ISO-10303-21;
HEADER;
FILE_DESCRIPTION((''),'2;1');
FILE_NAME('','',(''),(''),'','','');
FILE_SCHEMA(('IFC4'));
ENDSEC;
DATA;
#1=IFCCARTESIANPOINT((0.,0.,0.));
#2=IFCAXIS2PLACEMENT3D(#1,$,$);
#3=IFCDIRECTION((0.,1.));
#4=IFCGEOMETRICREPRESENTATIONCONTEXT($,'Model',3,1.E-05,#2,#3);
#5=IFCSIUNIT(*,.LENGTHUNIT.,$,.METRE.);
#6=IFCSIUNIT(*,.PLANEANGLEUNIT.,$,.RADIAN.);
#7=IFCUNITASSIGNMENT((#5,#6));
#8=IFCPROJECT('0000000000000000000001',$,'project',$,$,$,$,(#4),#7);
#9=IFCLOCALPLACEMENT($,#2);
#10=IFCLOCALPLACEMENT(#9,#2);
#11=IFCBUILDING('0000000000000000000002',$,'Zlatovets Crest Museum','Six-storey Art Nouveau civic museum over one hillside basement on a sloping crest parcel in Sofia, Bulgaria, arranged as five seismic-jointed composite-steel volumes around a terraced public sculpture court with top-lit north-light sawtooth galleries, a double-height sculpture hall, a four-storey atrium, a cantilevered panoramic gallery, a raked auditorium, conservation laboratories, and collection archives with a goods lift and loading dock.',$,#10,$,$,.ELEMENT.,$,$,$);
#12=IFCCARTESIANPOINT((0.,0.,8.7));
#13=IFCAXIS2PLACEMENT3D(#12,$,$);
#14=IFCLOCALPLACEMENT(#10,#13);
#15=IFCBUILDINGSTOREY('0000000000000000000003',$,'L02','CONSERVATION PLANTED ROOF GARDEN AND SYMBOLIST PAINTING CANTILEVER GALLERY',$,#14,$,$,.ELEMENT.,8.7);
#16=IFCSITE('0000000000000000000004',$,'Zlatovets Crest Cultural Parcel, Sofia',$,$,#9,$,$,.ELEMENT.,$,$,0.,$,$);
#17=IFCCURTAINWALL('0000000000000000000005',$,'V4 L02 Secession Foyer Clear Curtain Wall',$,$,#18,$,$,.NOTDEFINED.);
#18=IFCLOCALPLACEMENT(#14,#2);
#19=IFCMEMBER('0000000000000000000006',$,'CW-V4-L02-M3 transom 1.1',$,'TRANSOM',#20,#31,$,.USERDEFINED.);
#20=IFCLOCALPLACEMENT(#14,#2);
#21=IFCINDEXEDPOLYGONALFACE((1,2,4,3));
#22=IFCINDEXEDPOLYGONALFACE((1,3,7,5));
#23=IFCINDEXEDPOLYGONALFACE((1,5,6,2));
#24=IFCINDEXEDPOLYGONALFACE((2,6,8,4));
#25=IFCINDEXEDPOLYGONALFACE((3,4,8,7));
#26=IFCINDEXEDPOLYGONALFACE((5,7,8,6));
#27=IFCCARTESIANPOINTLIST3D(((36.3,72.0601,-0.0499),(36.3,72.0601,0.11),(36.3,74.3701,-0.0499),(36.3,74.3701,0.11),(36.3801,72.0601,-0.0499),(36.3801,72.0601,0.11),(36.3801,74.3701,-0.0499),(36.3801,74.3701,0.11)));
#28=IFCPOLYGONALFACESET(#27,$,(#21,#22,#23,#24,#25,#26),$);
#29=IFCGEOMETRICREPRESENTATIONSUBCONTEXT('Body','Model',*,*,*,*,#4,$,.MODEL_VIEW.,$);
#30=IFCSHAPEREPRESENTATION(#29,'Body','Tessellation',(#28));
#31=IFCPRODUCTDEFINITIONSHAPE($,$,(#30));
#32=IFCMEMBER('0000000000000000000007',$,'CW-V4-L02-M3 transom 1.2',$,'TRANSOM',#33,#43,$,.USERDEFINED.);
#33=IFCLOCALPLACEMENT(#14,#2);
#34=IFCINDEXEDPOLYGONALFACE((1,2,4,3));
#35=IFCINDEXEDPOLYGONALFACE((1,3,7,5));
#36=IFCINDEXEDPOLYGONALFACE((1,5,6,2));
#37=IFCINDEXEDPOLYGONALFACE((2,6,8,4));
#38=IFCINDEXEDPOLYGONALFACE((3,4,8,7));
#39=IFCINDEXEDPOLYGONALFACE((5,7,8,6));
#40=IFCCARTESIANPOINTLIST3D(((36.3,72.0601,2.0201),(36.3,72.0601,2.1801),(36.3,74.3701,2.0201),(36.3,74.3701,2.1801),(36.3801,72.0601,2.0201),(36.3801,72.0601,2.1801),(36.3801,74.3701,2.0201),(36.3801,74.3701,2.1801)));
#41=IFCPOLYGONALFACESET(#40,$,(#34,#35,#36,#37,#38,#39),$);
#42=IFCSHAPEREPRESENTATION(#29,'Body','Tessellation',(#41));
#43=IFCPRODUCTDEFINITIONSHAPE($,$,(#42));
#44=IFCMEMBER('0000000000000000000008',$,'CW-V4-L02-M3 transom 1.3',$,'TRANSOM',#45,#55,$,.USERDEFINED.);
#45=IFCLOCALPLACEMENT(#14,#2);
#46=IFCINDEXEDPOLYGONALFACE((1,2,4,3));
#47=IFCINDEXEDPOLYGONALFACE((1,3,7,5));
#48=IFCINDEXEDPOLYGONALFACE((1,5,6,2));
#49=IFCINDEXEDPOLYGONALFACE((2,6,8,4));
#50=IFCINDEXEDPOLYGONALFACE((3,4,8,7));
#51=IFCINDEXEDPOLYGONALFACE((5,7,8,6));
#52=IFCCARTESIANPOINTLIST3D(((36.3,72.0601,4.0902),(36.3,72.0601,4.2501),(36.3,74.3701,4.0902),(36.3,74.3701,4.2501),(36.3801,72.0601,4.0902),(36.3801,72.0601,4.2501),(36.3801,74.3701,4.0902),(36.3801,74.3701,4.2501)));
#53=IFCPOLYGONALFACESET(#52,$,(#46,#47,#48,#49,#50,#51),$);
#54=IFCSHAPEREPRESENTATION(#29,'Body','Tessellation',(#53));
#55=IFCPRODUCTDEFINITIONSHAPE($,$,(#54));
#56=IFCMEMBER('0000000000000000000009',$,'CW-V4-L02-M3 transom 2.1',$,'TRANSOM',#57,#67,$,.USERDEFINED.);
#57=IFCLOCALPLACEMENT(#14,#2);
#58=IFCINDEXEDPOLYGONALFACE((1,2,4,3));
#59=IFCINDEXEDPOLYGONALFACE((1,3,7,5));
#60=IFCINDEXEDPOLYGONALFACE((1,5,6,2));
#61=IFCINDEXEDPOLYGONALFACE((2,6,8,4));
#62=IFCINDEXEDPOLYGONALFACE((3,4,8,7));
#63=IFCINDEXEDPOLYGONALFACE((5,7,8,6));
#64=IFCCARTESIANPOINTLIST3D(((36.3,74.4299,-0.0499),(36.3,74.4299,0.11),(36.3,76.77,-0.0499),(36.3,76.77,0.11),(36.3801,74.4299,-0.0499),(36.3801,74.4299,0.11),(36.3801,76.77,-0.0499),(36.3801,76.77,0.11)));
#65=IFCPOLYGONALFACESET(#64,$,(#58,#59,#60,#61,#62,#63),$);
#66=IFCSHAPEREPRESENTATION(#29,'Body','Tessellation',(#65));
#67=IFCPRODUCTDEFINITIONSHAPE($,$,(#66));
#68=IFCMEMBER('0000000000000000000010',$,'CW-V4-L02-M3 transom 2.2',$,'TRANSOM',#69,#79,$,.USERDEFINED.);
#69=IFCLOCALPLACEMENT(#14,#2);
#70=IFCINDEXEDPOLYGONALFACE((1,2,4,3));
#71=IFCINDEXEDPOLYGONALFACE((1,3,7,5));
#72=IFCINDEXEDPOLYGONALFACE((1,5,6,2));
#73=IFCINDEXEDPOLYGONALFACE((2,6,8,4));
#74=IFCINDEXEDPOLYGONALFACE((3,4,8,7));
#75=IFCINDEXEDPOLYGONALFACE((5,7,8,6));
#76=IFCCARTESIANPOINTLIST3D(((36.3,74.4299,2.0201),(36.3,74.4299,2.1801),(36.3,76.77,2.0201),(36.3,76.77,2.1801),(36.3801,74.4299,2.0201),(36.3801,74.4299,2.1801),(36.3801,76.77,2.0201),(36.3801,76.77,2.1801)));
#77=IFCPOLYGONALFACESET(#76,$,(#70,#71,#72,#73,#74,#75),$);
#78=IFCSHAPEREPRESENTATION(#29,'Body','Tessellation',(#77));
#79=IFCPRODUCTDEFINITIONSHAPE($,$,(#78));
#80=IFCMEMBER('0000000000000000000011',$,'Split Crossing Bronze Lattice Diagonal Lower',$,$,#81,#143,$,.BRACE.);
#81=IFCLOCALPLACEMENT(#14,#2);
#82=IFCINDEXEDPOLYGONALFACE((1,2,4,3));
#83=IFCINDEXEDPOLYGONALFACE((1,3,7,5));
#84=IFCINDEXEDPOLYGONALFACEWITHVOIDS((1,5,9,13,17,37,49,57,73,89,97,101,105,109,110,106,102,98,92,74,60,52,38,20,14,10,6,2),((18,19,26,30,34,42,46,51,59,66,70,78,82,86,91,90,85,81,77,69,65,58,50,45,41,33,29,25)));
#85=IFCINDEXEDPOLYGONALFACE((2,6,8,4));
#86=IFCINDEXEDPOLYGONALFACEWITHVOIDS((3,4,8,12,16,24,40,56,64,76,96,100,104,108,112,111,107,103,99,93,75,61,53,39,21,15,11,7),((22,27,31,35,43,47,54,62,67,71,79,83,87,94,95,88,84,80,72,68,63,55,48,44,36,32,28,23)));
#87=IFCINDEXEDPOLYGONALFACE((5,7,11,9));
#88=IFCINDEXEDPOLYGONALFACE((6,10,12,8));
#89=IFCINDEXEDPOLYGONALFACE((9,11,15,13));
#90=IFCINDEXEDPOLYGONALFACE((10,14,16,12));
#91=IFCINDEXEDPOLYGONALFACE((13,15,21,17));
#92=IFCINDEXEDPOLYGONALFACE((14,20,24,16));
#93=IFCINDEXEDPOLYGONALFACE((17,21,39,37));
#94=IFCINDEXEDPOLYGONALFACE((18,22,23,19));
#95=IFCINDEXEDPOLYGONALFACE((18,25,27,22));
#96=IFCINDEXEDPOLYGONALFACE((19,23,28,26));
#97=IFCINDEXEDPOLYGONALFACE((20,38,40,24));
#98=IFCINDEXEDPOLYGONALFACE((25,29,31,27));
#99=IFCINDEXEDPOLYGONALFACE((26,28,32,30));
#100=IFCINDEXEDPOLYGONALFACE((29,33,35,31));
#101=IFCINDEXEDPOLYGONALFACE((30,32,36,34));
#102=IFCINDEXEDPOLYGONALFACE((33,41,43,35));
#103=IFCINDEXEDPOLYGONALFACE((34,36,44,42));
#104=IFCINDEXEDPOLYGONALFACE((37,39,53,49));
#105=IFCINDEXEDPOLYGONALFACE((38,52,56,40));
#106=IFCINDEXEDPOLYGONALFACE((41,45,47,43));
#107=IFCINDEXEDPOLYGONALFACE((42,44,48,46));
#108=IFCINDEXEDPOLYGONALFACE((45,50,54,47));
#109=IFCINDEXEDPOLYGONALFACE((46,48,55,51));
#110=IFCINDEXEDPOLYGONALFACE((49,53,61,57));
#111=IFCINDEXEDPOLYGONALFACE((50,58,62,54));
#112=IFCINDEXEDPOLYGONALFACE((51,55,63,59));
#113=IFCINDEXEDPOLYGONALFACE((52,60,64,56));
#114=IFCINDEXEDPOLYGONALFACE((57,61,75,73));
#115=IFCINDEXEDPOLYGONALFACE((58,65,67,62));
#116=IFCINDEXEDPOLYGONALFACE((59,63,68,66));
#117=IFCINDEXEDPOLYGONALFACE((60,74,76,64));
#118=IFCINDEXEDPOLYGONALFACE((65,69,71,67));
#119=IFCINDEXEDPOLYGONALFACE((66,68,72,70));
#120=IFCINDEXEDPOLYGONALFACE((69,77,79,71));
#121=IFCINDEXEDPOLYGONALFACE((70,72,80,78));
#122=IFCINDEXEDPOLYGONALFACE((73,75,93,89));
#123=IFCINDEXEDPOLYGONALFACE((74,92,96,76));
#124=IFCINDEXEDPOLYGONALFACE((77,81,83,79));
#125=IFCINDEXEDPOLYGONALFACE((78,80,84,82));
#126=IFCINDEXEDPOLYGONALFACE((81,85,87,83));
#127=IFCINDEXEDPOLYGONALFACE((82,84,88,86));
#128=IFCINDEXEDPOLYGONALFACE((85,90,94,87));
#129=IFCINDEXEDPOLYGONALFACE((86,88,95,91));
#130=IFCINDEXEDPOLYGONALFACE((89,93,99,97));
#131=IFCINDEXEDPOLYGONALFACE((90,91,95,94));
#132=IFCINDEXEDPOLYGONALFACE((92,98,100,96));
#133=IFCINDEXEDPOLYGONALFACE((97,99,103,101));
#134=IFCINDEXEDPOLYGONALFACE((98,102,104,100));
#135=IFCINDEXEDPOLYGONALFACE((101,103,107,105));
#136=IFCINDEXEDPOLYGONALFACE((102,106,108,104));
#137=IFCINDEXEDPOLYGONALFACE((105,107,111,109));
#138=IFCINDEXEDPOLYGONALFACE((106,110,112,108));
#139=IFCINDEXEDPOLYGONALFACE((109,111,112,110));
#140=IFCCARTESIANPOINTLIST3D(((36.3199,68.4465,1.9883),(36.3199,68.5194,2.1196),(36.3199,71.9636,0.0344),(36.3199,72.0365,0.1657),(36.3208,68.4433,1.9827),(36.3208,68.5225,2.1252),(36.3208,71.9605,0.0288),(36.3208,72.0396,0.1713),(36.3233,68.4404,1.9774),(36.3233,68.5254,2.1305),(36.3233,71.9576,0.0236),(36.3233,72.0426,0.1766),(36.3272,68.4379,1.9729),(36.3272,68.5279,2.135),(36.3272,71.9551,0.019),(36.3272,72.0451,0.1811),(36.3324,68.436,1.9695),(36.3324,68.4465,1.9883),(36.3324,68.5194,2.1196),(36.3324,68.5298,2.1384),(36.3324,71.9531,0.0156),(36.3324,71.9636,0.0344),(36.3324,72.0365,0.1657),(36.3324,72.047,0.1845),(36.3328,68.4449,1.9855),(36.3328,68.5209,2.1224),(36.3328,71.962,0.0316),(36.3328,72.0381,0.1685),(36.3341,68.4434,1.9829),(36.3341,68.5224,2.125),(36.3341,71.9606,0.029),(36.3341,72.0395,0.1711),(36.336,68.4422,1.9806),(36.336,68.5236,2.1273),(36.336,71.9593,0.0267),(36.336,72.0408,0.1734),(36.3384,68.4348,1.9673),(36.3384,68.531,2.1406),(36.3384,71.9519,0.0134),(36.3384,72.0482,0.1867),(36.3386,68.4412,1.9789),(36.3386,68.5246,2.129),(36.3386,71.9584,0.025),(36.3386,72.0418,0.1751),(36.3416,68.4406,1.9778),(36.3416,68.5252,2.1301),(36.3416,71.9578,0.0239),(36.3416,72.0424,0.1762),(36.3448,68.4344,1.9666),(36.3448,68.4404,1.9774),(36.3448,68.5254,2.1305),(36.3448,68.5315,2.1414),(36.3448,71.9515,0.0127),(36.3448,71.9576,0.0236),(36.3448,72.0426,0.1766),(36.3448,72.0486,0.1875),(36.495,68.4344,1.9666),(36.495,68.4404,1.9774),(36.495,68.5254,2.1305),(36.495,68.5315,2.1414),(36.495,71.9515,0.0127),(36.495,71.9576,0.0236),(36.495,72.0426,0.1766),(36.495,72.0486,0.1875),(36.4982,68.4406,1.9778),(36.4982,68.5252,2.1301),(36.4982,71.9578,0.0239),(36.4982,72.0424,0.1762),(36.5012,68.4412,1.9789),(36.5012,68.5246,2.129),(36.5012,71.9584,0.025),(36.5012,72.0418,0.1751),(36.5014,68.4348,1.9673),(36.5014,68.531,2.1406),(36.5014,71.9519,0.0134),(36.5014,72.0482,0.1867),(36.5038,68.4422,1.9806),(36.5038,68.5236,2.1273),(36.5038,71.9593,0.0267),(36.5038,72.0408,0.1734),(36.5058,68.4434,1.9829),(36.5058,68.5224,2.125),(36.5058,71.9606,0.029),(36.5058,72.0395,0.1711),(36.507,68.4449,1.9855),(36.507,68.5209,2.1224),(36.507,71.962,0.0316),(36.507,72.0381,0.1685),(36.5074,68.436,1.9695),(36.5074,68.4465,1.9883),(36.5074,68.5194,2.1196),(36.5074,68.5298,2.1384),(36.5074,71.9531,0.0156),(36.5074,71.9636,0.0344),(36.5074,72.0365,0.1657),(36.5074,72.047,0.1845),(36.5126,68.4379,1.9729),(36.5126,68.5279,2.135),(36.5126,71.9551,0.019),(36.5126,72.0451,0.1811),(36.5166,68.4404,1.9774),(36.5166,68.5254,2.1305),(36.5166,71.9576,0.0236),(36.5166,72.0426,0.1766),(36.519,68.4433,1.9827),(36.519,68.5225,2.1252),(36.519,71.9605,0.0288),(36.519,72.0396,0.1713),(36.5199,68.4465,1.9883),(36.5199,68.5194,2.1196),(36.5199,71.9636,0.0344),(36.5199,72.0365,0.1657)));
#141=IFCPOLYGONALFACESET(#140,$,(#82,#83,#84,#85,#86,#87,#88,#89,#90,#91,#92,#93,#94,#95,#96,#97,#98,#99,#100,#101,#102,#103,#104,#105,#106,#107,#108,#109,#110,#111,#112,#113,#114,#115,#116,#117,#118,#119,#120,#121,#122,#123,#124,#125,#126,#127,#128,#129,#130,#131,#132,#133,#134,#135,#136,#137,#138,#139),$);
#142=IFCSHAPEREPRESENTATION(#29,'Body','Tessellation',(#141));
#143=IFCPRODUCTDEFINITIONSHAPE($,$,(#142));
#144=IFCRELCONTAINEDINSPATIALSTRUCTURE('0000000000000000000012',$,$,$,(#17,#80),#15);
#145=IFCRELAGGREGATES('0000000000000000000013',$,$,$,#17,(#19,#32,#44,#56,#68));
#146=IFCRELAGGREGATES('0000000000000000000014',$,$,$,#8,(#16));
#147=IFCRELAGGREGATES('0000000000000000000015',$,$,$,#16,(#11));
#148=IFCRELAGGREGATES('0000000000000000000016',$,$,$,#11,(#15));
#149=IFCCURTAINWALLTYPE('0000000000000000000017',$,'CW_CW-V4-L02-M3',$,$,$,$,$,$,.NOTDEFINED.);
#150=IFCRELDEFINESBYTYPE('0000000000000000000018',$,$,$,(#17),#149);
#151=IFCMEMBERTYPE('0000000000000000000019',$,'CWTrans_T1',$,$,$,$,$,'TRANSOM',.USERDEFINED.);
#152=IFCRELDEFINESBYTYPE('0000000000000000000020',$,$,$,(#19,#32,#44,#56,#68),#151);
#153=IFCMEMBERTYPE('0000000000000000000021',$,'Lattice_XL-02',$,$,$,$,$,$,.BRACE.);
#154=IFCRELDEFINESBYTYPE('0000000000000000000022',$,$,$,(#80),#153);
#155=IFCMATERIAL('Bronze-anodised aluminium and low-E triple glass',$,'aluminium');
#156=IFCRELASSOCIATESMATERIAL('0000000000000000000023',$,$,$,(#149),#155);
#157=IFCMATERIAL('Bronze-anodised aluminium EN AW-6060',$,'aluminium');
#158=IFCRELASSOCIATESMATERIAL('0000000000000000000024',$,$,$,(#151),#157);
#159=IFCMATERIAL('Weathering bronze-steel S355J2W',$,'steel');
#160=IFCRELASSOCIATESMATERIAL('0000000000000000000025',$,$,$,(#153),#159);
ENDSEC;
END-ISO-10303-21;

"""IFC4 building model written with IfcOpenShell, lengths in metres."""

from ifc_helpers import new_model, si_unit, direction, frame, origin, origin_2d, place, context, subcontext, project, spatial, rectangle, hollow_rectangle, extrude, material, material_profile, profile_set, type_object, element, aggregate, save


model = new_model("IFC4")

# Units and contexts
model_context = context("Model", 3, precision=1e-05, world=origin(), true_north=direction((0.0, 1.0)))
body_context = subcontext(model_context, "Body", "Model", "MODEL_VIEW")
ifc_project = project(units=[si_unit("LENGTHUNIT", "METRE"), si_unit("PLANEANGLEUNIT", "RADIAN")], contexts=[model_context])

# Site, building, storey
site_placement = place(None, origin())
site = spatial("IfcSite", under=ifc_project, at=site_placement, Name="Zlatovets Crest Cultural Parcel, Sofia", CompositionType="ELEMENT", RefElevation=0.0)
building_placement = place(site_placement, origin())
building = spatial("IfcBuilding", under=site, at=building_placement, Name="Zlatovets Crest Museum", Description="Six-storey Art Nouveau civic museum over one hillside basement on a sloping crest parcel in Sofia, Bulgaria, arranged as five seismic-jointed composite-steel volumes around a terraced public sculpture court with top-lit north-light sawtooth galleries, a double-height sculpture hall, a four-storey atrium, a cantilevered panoramic gallery, a raked auditorium, conservation laboratories, and collection archives with a goods lift and loading dock.", CompositionType="ELEMENT")
storey_placement = place(building_placement, frame((0.0, 0.0, 8.7)))
storey = spatial("IfcBuildingStorey", under=building, at=storey_placement, Name="L02", Description="CONSERVATION PLANTED ROOF GARDEN AND SYMBOLIST PAINTING CANTILEVER GALLERY", CompositionType="ELEMENT", Elevation=8.7)

# Curtain wall
ifc_material_1 = material(Name="Bronze-anodised aluminium and low-E triple glass", Category="aluminium")
ifc_material_2 = material(Name="Bronze-anodised aluminium EN AW-6060", Category="aluminium")
curtain_wall_type_1 = type_object("IfcCurtainWallType", Name="CW_CW-V4-L02-M3", PredefinedType="NOTDEFINED", material=ifc_material_1)
curtain_wall_1_placement = place(storey_placement, origin())
curtain_wall_1 = element("IfcCurtainWall", 1, at=curtain_wall_1_placement, inside=storey, type_object=curtain_wall_type_1, Name="V4 L02 Secession Foyer Clear Curtain Wall", PredefinedType="NOTDEFINED")

# Members
ifc_material_profile_1 = material_profile(ifc_material_2, rectangle(XDim=0.0801, YDim=0.1599, at=origin_2d()), Name="ALU 80x160")
ifc_profile_set_1 = profile_set([ifc_material_profile_1], Name="Bronze-anodised aluminium EN AW-6060")
member_type_1 = type_object("IfcMemberType", Name="CWTrans_T1", ElementType="TRANSOM", PredefinedType="USERDEFINED", material=ifc_profile_set_1)
member_1_placement = place(storey_placement, frame((36.3401, 72.0601, 0.03), z_axis=(0.0, 1.0, 0.0), x_axis=(-1.0, 0.0, 0.0)))
member_1 = element("IfcMember", 2, at=member_1_placement, type_object=member_type_1, Name="CW-V4-L02-M3 transom 1.1", ObjectType="TRANSOM", PredefinedType="USERDEFINED", context=body_context, shape_type="SweptSolid", body=[
    extrude(rectangle(XDim=0.0801, YDim=0.1599, at=origin_2d()), origin(), (0.0, 0.0, 1.0), 2.3101),
])
member_2_placement = place(storey_placement, frame((36.3401, 72.0601, 2.1001), z_axis=(0.0, 1.0, 0.0), x_axis=(-1.0, 0.0, 0.0)))
member_2 = element("IfcMember", 3, at=member_2_placement, type_object=member_type_1, Name="CW-V4-L02-M3 transom 1.2", ObjectType="TRANSOM", PredefinedType="USERDEFINED", context=body_context, shape_type="SweptSolid", body=[
    extrude(rectangle(XDim=0.0801, YDim=0.1599, at=origin_2d()), origin(), (0.0, 0.0, 1.0), 2.3101),
])
member_3_placement = place(storey_placement, frame((36.3401, 72.0601, 4.1702), z_axis=(0.0, 1.0, 0.0), x_axis=(-1.0, 0.0, 0.0)))
member_3 = element("IfcMember", 4, at=member_3_placement, type_object=member_type_1, Name="CW-V4-L02-M3 transom 1.3", ObjectType="TRANSOM", PredefinedType="USERDEFINED", context=body_context, shape_type="SweptSolid", body=[
    extrude(rectangle(XDim=0.0801, YDim=0.1599, at=origin_2d()), origin(), (0.0, 0.0, 1.0), 2.3101),
])
member_4_placement = place(storey_placement, frame((36.3401, 74.4299, 0.03), z_axis=(0.0, 1.0, 0.0), x_axis=(-1.0, 0.0, 0.0)))
member_4 = element("IfcMember", 5, at=member_4_placement, type_object=member_type_1, Name="CW-V4-L02-M3 transom 2.1", ObjectType="TRANSOM", PredefinedType="USERDEFINED", context=body_context, shape_type="SweptSolid", body=[
    extrude(rectangle(XDim=0.0801, YDim=0.1599, at=origin_2d()), origin(), (0.0, 0.0, 1.0), 2.3401),
])
member_5_placement = place(storey_placement, frame((36.3401, 74.4299, 2.1001), z_axis=(0.0, 1.0, 0.0), x_axis=(-1.0, 0.0, 0.0)))
member_5 = element("IfcMember", 6, at=member_5_placement, type_object=member_type_1, Name="CW-V4-L02-M3 transom 2.2", ObjectType="TRANSOM", PredefinedType="USERDEFINED", context=body_context, shape_type="SweptSolid", body=[
    extrude(rectangle(XDim=0.0801, YDim=0.1599, at=origin_2d()), origin(), (0.0, 0.0, 1.0), 2.3401),
])

# Member
ifc_material_3 = material(Name="Weathering bronze-steel S355J2W", Category="steel")
ifc_material_profile_2 = material_profile(ifc_material_3, hollow_rectangle(XDim=0.2, YDim=0.2, WallThickness=0.0125, InnerFilletRadius=0.0125, OuterFilletRadius=0.0249, at=origin_2d()), Name="SHS 200x200x12.5")
ifc_profile_set_2 = profile_set([ifc_material_profile_2], Name="Weathering bronze-steel S355J2W")
member_type_2 = type_object("IfcMemberType", Name="Lattice_XL-02", PredefinedType="BRACE", material=ifc_profile_set_2)
member_6_placement = place(storey_placement, frame((36.4199, 68.4829, 2.054), z_axis=(0.0, 0.874166, -0.485627), x_axis=(-1.0, 0.0, 0.0)))
element("IfcMember", 7, at=member_6_placement, inside=storey, type_object=member_type_2, Name="Split Crossing Bronze Lattice Diagonal Lower", PredefinedType="BRACE", context=body_context, shape_type="SweptSolid", body=[
    extrude(hollow_rectangle(XDim=0.2, YDim=0.2, WallThickness=0.0125, InnerFilletRadius=0.0125, OuterFilletRadius=0.0249, at=origin_2d()), origin(), (0.0, 0.0, 1.0), 4.0234),
])

aggregate(curtain_wall_1, [member_1, member_2, member_3, member_4, member_5])

save(model, "model.ifc")
